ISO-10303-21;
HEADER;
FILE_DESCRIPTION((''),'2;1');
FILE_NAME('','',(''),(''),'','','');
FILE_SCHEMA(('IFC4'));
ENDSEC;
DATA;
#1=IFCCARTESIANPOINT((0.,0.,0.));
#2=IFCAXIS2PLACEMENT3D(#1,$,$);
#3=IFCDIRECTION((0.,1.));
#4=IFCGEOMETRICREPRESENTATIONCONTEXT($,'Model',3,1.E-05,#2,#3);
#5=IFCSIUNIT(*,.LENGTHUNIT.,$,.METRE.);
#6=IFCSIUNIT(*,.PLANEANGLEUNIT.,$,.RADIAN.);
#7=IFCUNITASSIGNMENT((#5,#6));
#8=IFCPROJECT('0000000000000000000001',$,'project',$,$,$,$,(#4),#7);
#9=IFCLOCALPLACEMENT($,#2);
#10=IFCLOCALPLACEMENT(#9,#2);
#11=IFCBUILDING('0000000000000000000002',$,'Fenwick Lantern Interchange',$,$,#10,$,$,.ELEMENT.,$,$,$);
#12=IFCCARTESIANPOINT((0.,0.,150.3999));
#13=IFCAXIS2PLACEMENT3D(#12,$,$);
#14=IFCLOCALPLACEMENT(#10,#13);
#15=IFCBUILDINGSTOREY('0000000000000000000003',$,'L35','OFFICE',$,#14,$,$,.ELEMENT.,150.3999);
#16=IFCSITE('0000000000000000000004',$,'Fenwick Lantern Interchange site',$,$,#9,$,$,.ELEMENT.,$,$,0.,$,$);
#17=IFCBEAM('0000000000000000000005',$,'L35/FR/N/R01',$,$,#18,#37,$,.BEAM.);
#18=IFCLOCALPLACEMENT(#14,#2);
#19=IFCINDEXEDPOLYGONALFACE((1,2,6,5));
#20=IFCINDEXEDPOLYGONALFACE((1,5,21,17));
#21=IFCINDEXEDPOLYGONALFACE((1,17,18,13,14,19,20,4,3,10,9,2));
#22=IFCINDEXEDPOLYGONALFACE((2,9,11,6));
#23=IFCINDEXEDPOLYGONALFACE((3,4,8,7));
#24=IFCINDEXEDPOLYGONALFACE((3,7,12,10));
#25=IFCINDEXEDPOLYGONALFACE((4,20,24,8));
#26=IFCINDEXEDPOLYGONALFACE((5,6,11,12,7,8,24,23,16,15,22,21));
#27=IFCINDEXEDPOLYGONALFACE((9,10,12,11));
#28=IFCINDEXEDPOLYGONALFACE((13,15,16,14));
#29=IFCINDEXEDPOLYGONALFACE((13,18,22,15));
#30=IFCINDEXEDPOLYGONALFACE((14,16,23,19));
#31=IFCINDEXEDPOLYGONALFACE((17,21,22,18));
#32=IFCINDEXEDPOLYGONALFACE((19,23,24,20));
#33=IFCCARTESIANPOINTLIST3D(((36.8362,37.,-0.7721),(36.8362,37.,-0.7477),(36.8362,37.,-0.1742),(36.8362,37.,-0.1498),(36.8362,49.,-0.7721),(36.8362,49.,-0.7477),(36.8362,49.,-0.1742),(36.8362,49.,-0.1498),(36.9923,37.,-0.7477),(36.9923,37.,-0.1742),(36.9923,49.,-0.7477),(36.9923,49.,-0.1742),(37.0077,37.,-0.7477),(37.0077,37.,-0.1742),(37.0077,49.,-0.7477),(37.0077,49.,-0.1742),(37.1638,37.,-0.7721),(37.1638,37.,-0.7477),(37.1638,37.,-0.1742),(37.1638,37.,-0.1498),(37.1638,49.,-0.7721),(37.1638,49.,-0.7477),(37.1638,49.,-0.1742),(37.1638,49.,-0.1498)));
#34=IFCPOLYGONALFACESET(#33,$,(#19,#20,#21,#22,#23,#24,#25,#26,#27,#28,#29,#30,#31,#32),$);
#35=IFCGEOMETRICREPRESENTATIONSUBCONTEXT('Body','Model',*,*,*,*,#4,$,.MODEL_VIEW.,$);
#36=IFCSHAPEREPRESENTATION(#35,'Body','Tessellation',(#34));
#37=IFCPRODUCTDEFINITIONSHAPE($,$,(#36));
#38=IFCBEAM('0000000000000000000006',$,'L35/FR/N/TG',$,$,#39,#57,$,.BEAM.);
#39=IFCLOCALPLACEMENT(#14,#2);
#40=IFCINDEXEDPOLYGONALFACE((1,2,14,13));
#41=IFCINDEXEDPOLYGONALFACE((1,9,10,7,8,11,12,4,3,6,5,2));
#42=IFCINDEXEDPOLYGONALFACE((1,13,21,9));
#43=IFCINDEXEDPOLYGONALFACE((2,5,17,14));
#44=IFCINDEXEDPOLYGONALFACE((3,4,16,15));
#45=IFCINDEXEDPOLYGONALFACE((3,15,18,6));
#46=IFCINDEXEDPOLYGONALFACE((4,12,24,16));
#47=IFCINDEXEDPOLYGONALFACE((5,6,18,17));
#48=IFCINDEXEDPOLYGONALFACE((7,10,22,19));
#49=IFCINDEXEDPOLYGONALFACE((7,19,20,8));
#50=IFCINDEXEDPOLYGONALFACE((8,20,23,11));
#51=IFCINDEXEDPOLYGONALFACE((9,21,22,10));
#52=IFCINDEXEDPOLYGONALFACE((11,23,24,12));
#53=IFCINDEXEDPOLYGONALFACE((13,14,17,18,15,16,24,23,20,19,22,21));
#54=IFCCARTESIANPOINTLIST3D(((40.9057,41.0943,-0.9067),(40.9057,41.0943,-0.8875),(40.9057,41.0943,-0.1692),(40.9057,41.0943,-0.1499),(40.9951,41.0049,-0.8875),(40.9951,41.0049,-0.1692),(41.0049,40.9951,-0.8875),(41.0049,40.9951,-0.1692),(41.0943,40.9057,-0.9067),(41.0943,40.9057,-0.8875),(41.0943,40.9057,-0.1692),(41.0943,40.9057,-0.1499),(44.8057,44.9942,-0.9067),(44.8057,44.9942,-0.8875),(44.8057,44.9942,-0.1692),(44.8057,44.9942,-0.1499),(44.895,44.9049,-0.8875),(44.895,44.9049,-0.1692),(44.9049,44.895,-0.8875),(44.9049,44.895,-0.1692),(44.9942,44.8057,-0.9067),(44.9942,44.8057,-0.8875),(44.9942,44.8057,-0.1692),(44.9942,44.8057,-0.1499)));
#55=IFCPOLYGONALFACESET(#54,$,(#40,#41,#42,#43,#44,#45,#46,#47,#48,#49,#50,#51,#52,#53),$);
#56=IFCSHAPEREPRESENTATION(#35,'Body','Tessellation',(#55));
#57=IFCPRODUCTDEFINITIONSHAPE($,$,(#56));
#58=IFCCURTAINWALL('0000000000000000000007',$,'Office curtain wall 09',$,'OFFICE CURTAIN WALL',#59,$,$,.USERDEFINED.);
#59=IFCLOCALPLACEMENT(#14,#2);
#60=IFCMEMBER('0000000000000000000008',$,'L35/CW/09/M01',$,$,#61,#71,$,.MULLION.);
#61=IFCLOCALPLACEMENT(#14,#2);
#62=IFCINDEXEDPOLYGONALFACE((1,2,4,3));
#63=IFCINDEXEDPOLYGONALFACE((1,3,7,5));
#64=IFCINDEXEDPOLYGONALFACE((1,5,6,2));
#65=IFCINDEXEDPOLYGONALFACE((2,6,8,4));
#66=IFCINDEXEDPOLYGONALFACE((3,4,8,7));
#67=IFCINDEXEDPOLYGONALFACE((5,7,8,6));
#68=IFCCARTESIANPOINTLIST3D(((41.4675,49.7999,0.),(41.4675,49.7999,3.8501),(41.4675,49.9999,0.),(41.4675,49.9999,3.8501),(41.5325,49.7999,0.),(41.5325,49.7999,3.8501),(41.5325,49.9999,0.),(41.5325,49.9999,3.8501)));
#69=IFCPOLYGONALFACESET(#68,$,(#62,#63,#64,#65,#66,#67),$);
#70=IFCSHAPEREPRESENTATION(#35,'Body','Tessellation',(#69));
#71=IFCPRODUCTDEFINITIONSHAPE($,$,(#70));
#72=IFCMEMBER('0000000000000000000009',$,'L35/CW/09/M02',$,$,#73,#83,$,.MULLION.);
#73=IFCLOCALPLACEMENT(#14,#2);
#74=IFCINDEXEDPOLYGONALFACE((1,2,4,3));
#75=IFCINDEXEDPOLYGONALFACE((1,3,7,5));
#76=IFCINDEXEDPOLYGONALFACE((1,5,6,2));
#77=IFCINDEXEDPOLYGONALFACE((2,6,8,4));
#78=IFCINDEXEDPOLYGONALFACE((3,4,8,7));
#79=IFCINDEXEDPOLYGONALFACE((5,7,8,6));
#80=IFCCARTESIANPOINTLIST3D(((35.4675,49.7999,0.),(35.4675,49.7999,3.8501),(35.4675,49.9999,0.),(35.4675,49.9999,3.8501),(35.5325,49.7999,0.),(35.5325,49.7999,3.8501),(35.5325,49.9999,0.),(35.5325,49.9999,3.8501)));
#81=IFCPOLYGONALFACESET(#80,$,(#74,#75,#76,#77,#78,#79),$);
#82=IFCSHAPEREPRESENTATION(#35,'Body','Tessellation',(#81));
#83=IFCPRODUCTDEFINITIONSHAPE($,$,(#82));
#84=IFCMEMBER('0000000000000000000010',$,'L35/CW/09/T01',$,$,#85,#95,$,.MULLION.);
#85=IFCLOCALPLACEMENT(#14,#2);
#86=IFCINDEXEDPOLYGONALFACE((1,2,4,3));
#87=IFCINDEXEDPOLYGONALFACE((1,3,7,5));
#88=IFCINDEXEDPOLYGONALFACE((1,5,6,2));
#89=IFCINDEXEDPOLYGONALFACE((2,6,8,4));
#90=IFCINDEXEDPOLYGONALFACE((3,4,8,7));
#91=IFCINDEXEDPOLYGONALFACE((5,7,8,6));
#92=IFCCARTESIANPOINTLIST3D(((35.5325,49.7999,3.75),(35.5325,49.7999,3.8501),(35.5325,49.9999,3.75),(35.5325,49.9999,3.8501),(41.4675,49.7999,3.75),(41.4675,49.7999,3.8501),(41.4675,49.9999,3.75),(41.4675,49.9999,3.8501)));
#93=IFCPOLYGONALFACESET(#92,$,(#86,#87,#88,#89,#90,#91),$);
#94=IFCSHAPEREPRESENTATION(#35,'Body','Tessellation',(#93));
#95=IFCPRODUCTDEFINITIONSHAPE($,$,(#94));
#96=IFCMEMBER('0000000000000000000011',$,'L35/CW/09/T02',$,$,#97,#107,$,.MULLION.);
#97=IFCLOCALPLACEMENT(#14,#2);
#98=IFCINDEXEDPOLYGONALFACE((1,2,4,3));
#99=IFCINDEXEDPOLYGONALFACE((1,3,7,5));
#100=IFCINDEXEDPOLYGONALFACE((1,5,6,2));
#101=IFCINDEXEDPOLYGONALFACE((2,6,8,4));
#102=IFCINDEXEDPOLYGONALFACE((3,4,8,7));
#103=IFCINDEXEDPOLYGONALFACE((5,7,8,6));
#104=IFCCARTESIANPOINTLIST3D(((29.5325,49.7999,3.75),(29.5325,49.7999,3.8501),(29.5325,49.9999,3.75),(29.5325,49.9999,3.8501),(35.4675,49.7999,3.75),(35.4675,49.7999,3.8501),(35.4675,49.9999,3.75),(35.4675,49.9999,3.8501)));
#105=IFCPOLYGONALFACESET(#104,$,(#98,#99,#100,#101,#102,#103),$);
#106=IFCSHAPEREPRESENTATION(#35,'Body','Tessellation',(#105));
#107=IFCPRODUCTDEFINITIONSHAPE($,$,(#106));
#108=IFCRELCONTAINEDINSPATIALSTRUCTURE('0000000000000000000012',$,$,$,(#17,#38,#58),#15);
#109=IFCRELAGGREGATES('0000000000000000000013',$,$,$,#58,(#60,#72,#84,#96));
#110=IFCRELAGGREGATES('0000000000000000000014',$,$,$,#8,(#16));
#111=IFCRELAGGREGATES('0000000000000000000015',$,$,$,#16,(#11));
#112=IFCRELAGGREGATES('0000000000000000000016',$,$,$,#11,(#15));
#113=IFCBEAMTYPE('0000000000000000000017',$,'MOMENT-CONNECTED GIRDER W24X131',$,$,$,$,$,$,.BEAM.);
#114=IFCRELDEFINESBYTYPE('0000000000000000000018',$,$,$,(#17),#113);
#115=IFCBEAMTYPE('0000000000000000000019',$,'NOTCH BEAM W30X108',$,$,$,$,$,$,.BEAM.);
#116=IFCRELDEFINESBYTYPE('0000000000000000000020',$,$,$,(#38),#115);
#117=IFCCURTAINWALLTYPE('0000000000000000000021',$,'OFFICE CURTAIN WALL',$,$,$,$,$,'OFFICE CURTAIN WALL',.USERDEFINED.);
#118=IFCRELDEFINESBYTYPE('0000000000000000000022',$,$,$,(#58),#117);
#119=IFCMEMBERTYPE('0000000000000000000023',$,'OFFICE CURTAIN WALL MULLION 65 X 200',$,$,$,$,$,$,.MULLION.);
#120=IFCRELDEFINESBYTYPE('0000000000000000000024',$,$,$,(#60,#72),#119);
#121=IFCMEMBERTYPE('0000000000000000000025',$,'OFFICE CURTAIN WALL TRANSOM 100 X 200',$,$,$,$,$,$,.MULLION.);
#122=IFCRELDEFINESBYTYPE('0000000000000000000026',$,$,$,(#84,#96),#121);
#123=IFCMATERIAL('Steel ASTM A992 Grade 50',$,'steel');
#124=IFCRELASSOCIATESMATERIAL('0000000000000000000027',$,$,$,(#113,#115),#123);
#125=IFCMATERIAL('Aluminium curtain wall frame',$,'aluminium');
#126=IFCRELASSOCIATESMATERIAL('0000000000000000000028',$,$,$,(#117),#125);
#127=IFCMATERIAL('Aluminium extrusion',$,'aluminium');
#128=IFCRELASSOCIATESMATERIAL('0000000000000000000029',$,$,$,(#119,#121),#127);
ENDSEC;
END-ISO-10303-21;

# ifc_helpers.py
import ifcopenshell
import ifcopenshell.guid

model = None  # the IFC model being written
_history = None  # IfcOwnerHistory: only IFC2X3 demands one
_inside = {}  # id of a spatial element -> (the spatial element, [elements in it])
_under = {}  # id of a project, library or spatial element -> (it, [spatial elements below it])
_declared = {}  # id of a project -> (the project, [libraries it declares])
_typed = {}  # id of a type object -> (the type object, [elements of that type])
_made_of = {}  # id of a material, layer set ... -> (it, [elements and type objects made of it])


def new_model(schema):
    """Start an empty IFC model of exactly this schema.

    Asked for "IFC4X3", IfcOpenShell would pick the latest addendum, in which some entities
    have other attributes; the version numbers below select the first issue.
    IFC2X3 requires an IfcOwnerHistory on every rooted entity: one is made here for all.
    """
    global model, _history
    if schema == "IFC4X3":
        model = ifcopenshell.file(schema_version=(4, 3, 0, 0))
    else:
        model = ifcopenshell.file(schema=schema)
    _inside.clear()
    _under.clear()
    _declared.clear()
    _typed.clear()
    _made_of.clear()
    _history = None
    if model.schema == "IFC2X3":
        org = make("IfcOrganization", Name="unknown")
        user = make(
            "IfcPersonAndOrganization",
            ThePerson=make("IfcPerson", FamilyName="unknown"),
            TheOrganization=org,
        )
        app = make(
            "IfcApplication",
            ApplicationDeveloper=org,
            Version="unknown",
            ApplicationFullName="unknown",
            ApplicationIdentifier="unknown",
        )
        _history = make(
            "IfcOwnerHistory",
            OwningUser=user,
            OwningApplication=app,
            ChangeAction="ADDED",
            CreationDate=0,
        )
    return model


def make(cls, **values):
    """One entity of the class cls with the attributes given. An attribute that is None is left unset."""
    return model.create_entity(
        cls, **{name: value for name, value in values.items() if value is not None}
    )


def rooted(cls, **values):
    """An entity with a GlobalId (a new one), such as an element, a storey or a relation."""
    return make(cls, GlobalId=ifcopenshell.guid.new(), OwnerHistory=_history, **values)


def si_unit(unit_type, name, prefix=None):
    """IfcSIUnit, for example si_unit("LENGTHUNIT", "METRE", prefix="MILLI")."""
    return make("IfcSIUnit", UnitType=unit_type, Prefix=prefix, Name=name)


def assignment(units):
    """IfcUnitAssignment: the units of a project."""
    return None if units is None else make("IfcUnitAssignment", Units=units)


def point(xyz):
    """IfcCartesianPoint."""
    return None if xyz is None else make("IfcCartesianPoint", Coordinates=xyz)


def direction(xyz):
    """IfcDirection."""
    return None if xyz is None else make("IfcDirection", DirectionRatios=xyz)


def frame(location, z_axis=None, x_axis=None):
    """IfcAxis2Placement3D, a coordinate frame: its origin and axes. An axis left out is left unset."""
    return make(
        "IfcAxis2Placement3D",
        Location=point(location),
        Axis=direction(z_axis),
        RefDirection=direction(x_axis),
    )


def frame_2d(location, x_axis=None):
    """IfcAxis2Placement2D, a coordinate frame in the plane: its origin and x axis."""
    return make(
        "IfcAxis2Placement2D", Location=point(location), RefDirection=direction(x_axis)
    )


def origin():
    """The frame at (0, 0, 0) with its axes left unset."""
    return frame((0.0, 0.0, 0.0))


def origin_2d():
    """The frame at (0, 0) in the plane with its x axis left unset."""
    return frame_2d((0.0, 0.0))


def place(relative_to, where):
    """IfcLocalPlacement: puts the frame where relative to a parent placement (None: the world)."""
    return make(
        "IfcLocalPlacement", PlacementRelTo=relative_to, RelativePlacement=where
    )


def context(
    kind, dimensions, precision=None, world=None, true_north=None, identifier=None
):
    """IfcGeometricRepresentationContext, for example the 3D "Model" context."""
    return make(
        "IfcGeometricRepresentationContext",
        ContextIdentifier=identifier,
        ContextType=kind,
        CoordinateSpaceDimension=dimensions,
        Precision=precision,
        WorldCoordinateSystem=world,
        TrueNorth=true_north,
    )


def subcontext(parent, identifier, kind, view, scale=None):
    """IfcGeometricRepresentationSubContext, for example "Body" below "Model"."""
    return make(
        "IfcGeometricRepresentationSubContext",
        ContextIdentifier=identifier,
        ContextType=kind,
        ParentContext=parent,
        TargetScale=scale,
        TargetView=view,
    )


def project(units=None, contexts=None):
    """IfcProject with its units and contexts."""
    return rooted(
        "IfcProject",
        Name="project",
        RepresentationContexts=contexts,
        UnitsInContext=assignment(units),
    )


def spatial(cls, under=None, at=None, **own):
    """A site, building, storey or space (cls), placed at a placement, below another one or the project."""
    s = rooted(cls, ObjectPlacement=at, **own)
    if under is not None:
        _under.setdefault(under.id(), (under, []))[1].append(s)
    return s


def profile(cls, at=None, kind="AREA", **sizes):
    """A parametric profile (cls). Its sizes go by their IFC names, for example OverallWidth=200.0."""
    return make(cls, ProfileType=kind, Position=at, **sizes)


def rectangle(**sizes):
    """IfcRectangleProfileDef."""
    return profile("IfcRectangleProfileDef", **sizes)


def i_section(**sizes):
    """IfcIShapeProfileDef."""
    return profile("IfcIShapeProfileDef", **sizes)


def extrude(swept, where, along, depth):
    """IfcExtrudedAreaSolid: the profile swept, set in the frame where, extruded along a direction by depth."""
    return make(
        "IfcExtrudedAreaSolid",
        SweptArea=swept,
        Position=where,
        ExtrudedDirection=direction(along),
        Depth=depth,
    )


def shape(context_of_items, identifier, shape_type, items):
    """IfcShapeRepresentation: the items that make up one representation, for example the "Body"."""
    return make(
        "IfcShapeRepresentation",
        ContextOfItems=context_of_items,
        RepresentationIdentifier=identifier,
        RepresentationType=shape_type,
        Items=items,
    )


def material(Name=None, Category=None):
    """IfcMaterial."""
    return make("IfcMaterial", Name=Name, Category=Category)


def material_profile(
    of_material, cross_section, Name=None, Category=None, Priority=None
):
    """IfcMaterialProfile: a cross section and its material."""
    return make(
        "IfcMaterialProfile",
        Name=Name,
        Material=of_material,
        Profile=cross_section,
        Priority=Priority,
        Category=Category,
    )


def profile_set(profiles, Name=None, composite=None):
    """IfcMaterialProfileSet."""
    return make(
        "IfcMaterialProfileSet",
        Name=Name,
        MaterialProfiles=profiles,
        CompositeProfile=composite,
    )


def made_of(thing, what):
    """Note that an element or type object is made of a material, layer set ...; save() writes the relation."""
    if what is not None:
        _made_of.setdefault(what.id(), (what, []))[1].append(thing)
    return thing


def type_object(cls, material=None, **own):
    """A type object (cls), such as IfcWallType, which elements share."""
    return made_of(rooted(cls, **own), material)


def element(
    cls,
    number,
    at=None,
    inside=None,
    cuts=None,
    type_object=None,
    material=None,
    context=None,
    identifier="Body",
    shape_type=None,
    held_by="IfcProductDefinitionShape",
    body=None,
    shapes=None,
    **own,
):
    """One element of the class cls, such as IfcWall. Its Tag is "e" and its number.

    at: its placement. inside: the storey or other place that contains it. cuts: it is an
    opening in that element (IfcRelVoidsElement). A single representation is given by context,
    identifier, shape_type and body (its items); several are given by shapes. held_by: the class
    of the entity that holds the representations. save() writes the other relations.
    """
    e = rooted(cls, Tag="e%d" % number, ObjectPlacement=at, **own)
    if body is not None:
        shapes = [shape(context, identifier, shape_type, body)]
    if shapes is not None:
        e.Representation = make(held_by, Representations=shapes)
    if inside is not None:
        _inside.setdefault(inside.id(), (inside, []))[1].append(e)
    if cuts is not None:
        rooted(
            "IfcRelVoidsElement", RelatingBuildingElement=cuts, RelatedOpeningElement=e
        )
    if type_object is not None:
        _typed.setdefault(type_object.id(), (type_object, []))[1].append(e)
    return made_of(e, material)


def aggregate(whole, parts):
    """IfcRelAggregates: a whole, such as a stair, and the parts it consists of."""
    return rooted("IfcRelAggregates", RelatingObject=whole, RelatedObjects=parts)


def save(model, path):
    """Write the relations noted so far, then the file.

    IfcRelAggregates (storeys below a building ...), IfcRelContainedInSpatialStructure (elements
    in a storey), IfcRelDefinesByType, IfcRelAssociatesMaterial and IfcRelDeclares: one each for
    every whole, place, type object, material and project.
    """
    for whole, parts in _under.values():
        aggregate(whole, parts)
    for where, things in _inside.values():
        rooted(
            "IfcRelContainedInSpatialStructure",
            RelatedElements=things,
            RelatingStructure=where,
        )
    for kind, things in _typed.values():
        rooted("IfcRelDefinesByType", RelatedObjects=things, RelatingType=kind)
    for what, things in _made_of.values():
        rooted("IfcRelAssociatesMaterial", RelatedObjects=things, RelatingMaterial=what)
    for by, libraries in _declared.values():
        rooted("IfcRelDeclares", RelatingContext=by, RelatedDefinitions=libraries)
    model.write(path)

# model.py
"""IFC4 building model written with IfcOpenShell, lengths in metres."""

from ifc_helpers import new_model, si_unit, direction, frame, origin, origin_2d, place, context, subcontext, project, spatial, rectangle, i_section, extrude, material, material_profile, profile_set, type_object, element, aggregate, save


model = new_model("IFC4")

# Units and contexts
model_context = context("Model", 3, precision=1e-05, world=origin(), true_north=direction((0.0, 1.0)))
body_context = subcontext(model_context, "Body", "Model", "MODEL_VIEW")
ifc_project = project(units=[si_unit("LENGTHUNIT", "METRE"), si_unit("PLANEANGLEUNIT", "RADIAN")], contexts=[model_context])

# Site, building, storey
site_placement = place(None, origin())
site = spatial("IfcSite", under=ifc_project, at=site_placement, Name="Fenwick Lantern Interchange site", CompositionType="ELEMENT", RefElevation=0.0)
building_placement = place(site_placement, origin())
building = spatial("IfcBuilding", under=site, at=building_placement, Name="Fenwick Lantern Interchange", CompositionType="ELEMENT")
storey_placement = place(building_placement, frame((0.0, 0.0, 150.3999)))
storey = spatial("IfcBuildingStorey", under=building, at=storey_placement, Name="L35", Description="OFFICE", CompositionType="ELEMENT", Elevation=150.3999)

# Beams
ifc_material_1 = material(Name="Steel ASTM A992 Grade 50", Category="steel")
ifc_material_profile_1 = material_profile(ifc_material_1, i_section(OverallWidth=0.3276, OverallDepth=0.6223, WebThickness=0.0154, FlangeThickness=0.0244, at=origin_2d()), Name="W24X131")
ifc_profile_set_1 = profile_set([ifc_material_profile_1], Name="Steel ASTM A992 Grade 50")
beam_type_1 = type_object("IfcBeamType", Name="MOMENT-CONNECTED GIRDER W24X131", PredefinedType="BEAM", material=ifc_profile_set_1)
beam_1_placement = place(storey_placement, frame((37.0, 49.0, -0.4609), z_axis=(0.0, -1.0, 0.0), x_axis=(1.0, 0.0, 0.0)))
element("IfcBeam", 1, at=beam_1_placement, inside=storey, type_object=beam_type_1, Name="L35/FR/N/R01", PredefinedType="BEAM", context=body_context, shape_type="SweptSolid", body=[
    extrude(i_section(OverallWidth=0.3276, OverallDepth=0.6223, WebThickness=0.0154, FlangeThickness=0.0244, at=origin_2d()), origin(), (0.0, 0.0, 1.0), 12.0),
])
ifc_material_profile_2 = material_profile(ifc_material_1, i_section(OverallWidth=0.2666, OverallDepth=0.7568, WebThickness=0.0139, FlangeThickness=0.0193, at=origin_2d()), Name="W30X108")
ifc_profile_set_2 = profile_set([ifc_material_profile_2], Name="Steel ASTM A992 Grade 50")
beam_type_2 = type_object("IfcBeamType", Name="NOTCH BEAM W30X108", PredefinedType="BEAM", material=ifc_profile_set_2)
beam_2_placement = place(storey_placement, frame((41.0, 41.0, -0.5283), z_axis=(0.707107, 0.707107, 0.0), x_axis=(-0.707107, 0.707107, 0.0)))
element("IfcBeam", 2, at=beam_2_placement, inside=storey, type_object=beam_type_2, Name="L35/FR/N/TG", PredefinedType="BEAM", context=body_context, shape_type="SweptSolid", body=[
    extrude(i_section(OverallWidth=0.2666, OverallDepth=0.7568, WebThickness=0.0139, FlangeThickness=0.0193, at=origin_2d()), origin(), (0.0, 0.0, 1.0), 5.5154),
])

# Curtain wall, members
ifc_material_2 = material(Name="Aluminium curtain wall frame", Category="aluminium")
curtain_wall_type = type_object("IfcCurtainWallType", Name="OFFICE CURTAIN WALL", ElementType="OFFICE CURTAIN WALL", PredefinedType="USERDEFINED", material=ifc_material_2)
curtain_wall_placement = place(storey_placement, origin())
curtain_wall = element("IfcCurtainWall", 3, at=curtain_wall_placement, inside=storey, type_object=curtain_wall_type, Name="Office curtain wall 09", ObjectType="OFFICE CURTAIN WALL", PredefinedType="USERDEFINED")
ifc_material_3 = material(Name="Aluminium extrusion", Category="aluminium")
ifc_material_profile_3 = material_profile(ifc_material_3, rectangle(XDim=0.2, YDim=0.0649, at=origin_2d()), Name="OFFICE CURTAIN WALL MULLION 65 X 200")
ifc_profile_set_3 = profile_set([ifc_material_profile_3], Name="Aluminium extrusion")
member_type_1 = type_object("IfcMemberType", Name="OFFICE CURTAIN WALL MULLION 65 X 200", PredefinedType="MULLION", material=ifc_profile_set_3)
member_1_placement = place(storey_placement, frame((41.5, 49.8999, 0.0), z_axis=(0.0, 0.0, 1.0), x_axis=(0.0, -1.0, 0.0)))
member_1 = element("IfcMember", 4, at=member_1_placement, type_object=member_type_1, Name="L35/CW/09/M01", PredefinedType="MULLION", context=body_context, shape_type="SweptSolid", body=[
    extrude(rectangle(XDim=0.2, YDim=0.0649, at=origin_2d()), origin(), (0.0, 0.0, 1.0), 3.8501),
])
member_2_placement = place(storey_placement, frame((35.5, 49.8999, 0.0), z_axis=(0.0, 0.0, 1.0), x_axis=(0.0, -1.0, 0.0)))
member_2 = element("IfcMember", 5, at=member_2_placement, type_object=member_type_1, Name="L35/CW/09/M02", PredefinedType="MULLION", context=body_context, shape_type="SweptSolid", body=[
    extrude(rectangle(XDim=0.2, YDim=0.0649, at=origin_2d()), origin(), (0.0, 0.0, 1.0), 3.8501),
])
ifc_material_profile_4 = material_profile(ifc_material_3, rectangle(XDim=0.2, YDim=0.1001, at=origin_2d()), Name="OFFICE CURTAIN WALL TRANSOM 100 X 200")
ifc_profile_set_4 = profile_set([ifc_material_profile_4], Name="Aluminium extrusion")
member_type_2 = type_object("IfcMemberType", Name="OFFICE CURTAIN WALL TRANSOM 100 X 200", PredefinedType="MULLION", material=ifc_profile_set_4)
member_3_placement = place(storey_placement, frame((41.4675, 49.8999, 3.8), z_axis=(-1.0, 0.0, 0.0), x_axis=(0.0, -1.0, 0.0)))
member_3 = element("IfcMember", 6, at=member_3_placement, type_object=member_type_2, Name="L35/CW/09/T01", PredefinedType="MULLION", context=body_context, shape_type="SweptSolid", body=[
    extrude(rectangle(XDim=0.2, YDim=0.1001, at=origin_2d()), origin(), (0.0, 0.0, 1.0), 5.9351),
])
member_4_placement = place(storey_placement, frame((35.4675, 49.8999, 3.8), z_axis=(-1.0, 0.0, 0.0), x_axis=(0.0, -1.0, 0.0)))
member_4 = element("IfcMember", 7, at=member_4_placement, type_object=member_type_2, Name="L35/CW/09/T02", PredefinedType="MULLION", context=body_context, shape_type="SweptSolid", body=[
    extrude(rectangle(XDim=0.2, YDim=0.1001, at=origin_2d()), origin(), (0.0, 0.0, 1.0), 5.9351),
])
aggregate(curtain_wall, [member_1, member_2, member_3, member_4])

save(model, "model.ifc")
